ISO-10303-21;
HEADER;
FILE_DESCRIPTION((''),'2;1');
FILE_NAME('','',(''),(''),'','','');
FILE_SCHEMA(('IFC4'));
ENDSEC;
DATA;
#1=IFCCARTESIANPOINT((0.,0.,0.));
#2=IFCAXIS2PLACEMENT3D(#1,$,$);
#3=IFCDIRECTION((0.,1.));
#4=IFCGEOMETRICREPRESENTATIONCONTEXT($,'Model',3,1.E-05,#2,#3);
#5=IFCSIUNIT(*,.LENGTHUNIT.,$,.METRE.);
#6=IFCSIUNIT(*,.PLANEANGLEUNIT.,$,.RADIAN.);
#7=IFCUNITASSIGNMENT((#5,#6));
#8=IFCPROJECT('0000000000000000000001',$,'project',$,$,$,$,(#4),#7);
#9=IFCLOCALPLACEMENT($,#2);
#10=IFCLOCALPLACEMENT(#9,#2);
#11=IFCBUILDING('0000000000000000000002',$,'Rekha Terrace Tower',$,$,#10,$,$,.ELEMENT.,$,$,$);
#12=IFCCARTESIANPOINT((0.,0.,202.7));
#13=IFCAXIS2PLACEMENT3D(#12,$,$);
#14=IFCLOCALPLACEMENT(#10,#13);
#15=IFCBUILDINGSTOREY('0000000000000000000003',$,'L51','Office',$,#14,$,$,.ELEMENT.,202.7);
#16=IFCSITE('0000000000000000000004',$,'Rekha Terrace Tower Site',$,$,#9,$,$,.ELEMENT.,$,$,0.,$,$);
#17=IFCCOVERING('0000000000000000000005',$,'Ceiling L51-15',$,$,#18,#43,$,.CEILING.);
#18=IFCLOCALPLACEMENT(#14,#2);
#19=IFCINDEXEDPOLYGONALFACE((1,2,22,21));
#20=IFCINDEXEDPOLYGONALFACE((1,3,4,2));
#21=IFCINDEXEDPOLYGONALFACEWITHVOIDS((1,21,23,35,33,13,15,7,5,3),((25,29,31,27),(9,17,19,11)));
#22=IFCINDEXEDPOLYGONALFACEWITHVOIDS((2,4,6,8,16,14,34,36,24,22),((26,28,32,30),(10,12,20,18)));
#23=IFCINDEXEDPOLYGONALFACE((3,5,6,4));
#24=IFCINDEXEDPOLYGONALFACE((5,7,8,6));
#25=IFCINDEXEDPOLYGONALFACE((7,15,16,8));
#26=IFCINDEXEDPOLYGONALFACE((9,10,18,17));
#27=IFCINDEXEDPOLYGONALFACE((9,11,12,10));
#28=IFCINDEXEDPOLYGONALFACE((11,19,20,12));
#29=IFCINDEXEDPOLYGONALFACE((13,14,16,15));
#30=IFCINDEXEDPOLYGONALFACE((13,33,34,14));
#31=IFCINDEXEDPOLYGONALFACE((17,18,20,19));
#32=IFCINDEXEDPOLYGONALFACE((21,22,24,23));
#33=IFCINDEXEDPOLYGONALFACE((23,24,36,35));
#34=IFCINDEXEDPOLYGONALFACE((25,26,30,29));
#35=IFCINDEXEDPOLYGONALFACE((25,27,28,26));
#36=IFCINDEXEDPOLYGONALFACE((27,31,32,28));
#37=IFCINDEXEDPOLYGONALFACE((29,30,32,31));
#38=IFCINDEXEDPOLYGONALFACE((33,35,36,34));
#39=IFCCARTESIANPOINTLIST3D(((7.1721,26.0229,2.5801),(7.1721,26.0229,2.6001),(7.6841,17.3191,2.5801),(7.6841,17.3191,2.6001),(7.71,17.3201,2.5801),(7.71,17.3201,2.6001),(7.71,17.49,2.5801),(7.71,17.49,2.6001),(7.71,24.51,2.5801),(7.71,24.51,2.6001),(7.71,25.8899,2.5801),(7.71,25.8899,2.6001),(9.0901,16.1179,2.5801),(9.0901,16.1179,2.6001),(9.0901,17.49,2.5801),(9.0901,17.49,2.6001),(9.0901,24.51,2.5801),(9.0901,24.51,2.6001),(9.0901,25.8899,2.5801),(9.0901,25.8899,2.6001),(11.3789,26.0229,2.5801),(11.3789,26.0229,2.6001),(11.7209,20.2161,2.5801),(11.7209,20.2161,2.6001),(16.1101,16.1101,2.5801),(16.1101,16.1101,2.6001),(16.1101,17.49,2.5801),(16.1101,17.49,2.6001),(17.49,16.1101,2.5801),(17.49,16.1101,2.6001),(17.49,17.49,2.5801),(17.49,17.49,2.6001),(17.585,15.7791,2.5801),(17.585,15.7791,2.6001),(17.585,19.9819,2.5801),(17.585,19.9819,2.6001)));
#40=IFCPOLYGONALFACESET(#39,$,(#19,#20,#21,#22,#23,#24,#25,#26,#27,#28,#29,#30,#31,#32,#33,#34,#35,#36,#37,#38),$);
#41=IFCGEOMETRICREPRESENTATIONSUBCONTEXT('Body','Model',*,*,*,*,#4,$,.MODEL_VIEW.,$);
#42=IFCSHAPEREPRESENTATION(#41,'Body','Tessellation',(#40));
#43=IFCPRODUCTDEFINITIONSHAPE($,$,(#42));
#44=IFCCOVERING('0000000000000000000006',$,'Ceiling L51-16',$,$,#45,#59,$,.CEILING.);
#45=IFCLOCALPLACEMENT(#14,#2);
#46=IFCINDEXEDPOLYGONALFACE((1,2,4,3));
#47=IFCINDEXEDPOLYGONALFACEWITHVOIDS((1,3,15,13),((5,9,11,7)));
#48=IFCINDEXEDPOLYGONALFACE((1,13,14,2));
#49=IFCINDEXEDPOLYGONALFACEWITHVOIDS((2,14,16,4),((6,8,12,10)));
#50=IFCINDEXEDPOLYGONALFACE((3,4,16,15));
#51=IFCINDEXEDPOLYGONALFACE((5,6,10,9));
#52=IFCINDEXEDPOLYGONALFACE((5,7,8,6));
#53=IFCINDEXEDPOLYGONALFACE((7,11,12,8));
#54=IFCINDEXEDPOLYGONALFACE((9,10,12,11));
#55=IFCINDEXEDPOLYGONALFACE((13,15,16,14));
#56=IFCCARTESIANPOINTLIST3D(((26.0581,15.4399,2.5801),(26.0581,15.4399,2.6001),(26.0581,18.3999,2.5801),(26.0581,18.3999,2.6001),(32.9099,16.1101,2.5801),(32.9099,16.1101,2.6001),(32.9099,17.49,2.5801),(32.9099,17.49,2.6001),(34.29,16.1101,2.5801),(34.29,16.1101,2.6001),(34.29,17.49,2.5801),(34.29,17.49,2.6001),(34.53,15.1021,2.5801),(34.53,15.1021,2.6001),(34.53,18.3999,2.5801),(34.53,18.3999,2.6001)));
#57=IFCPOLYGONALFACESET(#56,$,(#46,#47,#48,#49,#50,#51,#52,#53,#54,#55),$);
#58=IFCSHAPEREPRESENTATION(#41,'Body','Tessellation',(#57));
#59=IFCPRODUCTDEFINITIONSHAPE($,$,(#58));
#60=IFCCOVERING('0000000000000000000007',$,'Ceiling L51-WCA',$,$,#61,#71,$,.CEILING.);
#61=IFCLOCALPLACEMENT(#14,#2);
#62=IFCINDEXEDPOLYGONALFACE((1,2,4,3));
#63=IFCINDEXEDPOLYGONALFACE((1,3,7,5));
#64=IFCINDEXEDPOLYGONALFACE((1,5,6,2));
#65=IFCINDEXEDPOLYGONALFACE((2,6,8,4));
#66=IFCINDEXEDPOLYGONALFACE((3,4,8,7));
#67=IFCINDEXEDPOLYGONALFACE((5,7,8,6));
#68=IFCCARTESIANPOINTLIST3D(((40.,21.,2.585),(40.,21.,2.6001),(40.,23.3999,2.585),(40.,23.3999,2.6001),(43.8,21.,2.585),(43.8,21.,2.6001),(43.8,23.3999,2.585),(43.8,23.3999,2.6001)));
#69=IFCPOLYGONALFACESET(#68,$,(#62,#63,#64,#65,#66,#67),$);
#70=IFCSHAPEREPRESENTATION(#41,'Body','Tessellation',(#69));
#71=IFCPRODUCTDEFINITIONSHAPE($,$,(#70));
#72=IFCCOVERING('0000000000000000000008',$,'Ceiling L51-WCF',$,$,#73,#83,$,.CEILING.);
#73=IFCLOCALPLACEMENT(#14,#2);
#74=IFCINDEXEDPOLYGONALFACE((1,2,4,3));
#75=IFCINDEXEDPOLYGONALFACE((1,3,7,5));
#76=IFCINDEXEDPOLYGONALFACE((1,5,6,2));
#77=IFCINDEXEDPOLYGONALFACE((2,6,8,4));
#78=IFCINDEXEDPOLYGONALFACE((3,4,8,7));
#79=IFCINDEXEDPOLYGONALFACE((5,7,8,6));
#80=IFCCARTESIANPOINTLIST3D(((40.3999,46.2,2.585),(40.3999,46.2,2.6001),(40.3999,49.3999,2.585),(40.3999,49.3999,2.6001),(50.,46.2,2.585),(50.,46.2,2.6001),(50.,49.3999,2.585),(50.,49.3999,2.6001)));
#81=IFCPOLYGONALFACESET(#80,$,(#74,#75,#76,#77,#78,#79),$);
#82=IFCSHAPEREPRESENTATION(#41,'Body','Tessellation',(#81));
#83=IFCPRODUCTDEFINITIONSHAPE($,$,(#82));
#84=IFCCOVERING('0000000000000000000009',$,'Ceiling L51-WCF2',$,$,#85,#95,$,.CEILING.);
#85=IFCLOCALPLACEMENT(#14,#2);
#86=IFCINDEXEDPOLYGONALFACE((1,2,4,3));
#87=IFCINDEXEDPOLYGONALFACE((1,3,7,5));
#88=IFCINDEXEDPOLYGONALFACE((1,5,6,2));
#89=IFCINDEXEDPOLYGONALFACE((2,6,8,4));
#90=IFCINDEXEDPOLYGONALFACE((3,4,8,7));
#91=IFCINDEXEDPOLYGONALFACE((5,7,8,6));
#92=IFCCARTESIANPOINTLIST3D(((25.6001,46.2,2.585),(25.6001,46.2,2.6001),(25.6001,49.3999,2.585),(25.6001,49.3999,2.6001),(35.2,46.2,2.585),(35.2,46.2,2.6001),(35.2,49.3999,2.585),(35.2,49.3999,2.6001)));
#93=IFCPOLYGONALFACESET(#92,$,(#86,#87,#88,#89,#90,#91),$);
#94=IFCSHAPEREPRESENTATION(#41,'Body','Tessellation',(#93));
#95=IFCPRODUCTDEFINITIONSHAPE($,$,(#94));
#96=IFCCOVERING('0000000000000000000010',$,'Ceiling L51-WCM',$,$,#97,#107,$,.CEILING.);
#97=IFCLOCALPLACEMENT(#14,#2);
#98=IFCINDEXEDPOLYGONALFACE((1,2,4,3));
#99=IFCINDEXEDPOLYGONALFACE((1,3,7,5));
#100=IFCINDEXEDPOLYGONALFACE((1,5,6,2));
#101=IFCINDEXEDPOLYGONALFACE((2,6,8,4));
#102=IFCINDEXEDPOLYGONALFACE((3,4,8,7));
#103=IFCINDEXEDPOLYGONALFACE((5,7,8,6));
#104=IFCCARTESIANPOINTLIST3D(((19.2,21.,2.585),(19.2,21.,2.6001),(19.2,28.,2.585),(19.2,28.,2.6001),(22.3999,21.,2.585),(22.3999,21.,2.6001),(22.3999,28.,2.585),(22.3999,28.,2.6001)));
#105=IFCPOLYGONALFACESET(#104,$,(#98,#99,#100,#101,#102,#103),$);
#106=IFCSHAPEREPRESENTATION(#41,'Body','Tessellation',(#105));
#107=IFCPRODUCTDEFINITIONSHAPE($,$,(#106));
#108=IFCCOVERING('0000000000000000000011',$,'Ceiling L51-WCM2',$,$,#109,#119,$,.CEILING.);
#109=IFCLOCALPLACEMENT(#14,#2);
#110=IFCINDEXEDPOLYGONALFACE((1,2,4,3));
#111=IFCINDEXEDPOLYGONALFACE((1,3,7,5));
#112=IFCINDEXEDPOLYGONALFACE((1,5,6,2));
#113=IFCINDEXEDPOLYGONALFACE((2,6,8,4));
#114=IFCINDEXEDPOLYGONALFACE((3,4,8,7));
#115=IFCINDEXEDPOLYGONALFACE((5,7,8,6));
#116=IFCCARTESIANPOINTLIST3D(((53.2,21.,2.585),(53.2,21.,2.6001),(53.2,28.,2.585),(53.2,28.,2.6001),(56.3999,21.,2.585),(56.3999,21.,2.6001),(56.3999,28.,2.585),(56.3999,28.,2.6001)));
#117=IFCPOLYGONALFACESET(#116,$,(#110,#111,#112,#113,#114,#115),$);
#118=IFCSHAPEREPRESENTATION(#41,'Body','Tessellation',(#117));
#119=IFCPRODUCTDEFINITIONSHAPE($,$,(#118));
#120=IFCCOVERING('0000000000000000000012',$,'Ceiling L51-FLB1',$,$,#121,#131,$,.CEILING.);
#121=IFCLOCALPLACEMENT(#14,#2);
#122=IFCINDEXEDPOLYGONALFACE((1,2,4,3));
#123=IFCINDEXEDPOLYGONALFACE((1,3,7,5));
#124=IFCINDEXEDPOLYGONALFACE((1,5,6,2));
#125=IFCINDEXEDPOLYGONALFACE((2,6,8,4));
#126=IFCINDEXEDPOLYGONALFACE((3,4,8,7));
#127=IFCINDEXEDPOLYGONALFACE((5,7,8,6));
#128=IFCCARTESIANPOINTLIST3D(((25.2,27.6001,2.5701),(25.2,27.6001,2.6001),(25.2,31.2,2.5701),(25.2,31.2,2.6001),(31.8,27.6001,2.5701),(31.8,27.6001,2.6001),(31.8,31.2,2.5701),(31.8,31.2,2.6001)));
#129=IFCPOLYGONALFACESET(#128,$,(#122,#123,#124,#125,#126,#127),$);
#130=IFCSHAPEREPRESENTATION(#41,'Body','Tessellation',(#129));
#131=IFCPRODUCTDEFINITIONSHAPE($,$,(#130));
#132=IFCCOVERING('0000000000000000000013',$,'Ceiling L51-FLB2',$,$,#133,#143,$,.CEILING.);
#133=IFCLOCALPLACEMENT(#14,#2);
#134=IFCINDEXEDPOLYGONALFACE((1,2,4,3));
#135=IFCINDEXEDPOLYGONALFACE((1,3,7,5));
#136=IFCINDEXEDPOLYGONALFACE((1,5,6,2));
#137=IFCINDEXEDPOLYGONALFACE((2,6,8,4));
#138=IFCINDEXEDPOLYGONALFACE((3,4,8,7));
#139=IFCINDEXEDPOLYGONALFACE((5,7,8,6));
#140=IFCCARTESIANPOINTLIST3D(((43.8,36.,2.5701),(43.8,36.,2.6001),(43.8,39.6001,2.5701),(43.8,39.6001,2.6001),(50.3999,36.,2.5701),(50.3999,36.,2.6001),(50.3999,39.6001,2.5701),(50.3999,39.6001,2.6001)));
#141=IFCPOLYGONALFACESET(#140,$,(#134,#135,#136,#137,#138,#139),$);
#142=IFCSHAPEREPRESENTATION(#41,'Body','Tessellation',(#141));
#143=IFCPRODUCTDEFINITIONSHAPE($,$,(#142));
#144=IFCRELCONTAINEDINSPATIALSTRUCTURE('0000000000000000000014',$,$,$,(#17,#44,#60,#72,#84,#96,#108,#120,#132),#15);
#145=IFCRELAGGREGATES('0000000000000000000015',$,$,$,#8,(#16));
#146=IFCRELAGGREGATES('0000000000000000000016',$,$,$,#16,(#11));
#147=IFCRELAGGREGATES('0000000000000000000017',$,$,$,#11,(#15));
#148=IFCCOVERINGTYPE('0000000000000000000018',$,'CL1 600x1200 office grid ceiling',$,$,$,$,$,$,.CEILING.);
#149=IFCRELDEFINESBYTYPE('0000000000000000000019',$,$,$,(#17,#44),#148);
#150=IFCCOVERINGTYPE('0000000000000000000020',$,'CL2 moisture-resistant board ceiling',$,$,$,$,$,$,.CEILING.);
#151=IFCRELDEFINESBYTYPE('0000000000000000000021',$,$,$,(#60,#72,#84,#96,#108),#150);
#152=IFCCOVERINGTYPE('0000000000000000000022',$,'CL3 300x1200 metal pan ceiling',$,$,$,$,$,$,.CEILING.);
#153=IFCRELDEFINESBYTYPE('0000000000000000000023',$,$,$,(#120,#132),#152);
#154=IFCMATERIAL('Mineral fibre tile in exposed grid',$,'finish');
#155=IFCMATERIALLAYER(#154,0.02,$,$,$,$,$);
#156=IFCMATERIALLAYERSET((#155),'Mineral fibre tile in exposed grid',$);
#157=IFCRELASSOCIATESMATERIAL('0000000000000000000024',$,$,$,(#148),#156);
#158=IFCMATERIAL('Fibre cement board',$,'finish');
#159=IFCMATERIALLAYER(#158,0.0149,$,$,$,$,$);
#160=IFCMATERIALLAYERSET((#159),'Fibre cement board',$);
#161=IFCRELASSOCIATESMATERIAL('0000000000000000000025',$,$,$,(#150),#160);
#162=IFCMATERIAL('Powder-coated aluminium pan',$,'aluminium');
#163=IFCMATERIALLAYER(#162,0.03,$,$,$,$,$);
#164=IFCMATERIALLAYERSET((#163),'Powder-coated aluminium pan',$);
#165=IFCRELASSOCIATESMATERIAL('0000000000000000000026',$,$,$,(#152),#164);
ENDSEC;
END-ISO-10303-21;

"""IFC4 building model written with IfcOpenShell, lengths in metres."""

from ifc_helpers import new_model, si_unit, direction, frame, origin, place, context, subcontext, project, spatial, polyline, outline, extrude, material, layer, layer_set, type_object, element, save


model = new_model("IFC4")

# Units and contexts
model_context = context("Model", 3, precision=1e-05, world=origin(), true_north=direction((0.0, 1.0)))
body_context = subcontext(model_context, "Body", "Model", "MODEL_VIEW")
ifc_project = project(units=[si_unit("LENGTHUNIT", "METRE"), si_unit("PLANEANGLEUNIT", "RADIAN")], contexts=[model_context])

# Site, building, storey
site_placement = place(None, origin())
site = spatial("IfcSite", under=ifc_project, at=site_placement, Name="Rekha Terrace Tower Site", CompositionType="ELEMENT", RefElevation=0.0)
building_placement = place(site_placement, origin())
building = spatial("IfcBuilding", under=site, at=building_placement, Name="Rekha Terrace Tower", CompositionType="ELEMENT")
storey_placement = place(building_placement, frame((0.0, 0.0, 202.7)))
storey = spatial("IfcBuildingStorey", under=building, at=storey_placement, Name="L51", Description="Office", CompositionType="ELEMENT", Elevation=202.7)

# Coverings
ifc_material_1 = material(Name="Mineral fibre tile in exposed grid", Category="finish")
ifc_layer_1 = layer(ifc_material_1, 0.02)
ifc_layer_set_1 = layer_set([ifc_layer_1], Name="Mineral fibre tile in exposed grid")
covering_type_1 = type_object("IfcCoveringType", Name="CL1 600x1200 office grid ceiling", PredefinedType="CEILING", material=ifc_layer_set_1)
covering_1_placement = place(storey_placement, frame((0.0, 0.0, 2.5801)))
element("IfcCovering", 1, at=covering_1_placement, inside=storey, type_object=covering_type_1, Name="Ceiling L51-15", PredefinedType="CEILING", context=body_context, shape_type="SweptSolid", body=[
    extrude(outline(polyline([(9.0901, 16.1179), (17.585, 15.7791), (17.585, 19.9819), (11.7209, 20.2161), (11.3789, 26.0229), (7.1721, 26.0229), (7.6841, 17.3191), (7.71, 17.3201), (7.71, 17.49), (9.0901, 17.49), (9.0901, 16.1179)]), holes=[polyline([(17.49, 17.49), (17.49, 16.1101), (16.1101, 16.1101), (16.1101, 17.49), (17.49, 17.49)]), polyline([(9.0901, 24.51), (7.71, 24.51), (7.71, 25.8899), (9.0901, 25.8899), (9.0901, 24.51)])]), origin(), (0.0, 0.0, 1.0), 0.02),
])
covering_2_placement = place(storey_placement, frame((0.0, 0.0, 2.5801)))
element("IfcCovering", 2, at=covering_2_placement, inside=storey, type_object=covering_type_1, Name="Ceiling L51-16", PredefinedType="CEILING", context=body_context, shape_type="SweptSolid", body=[
    extrude(outline(polyline([(26.0581, 18.3999), (26.0581, 15.4399), (34.53, 15.1021), (34.53, 18.3999), (26.0581, 18.3999)]), holes=[polyline([(34.29, 16.1101), (32.9099, 16.1101), (32.9099, 17.49), (34.29, 17.49), (34.29, 16.1101)])]), origin(), (0.0, 0.0, 1.0), 0.02),
])
ifc_material_2 = material(Name="Fibre cement board", Category="finish")
ifc_layer_2 = layer(ifc_material_2, 0.0149)
ifc_layer_set_2 = layer_set([ifc_layer_2], Name="Fibre cement board")
covering_type_2 = type_object("IfcCoveringType", Name="CL2 moisture-resistant board ceiling", PredefinedType="CEILING", material=ifc_layer_set_2)
covering_3_placement = place(storey_placement, frame((0.0, 0.0, 2.585)))
element("IfcCovering", 3, at=covering_3_placement, inside=storey, type_object=covering_type_2, Name="Ceiling L51-WCA", PredefinedType="CEILING", context=body_context, shape_type="SweptSolid", body=[
    extrude(outline(polyline([(43.8, 23.3999), (40.0, 23.3999), (40.0, 21.0), (43.8, 21.0), (43.8, 23.3999)])), origin(), (0.0, 0.0, 1.0), 0.0151),
])
covering_4_placement = place(storey_placement, frame((0.0, 0.0, 2.585)))
element("IfcCovering", 4, at=covering_4_placement, inside=storey, type_object=covering_type_2, Name="Ceiling L51-WCF", PredefinedType="CEILING", context=body_context, shape_type="SweptSolid", body=[
    extrude(outline(polyline([(50.0, 49.3999), (40.3999, 49.3999), (40.3999, 46.2), (50.0, 46.2), (50.0, 49.3999)])), origin(), (0.0, 0.0, 1.0), 0.0151),
])
covering_5_placement = place(storey_placement, frame((0.0, 0.0, 2.585)))
element("IfcCovering", 5, at=covering_5_placement, inside=storey, type_object=covering_type_2, Name="Ceiling L51-WCF2", PredefinedType="CEILING", context=body_context, shape_type="SweptSolid", body=[
    extrude(outline(polyline([(35.2, 49.3999), (25.6001, 49.3999), (25.6001, 46.2), (35.2, 46.2), (35.2, 49.3999)])), origin(), (0.0, 0.0, 1.0), 0.0151),
])
covering_6_placement = place(storey_placement, frame((0.0, 0.0, 2.585)))
element("IfcCovering", 6, at=covering_6_placement, inside=storey, type_object=covering_type_2, Name="Ceiling L51-WCM", PredefinedType="CEILING", context=body_context, shape_type="SweptSolid", body=[
    extrude(outline(polyline([(22.3999, 28.0), (19.2, 28.0), (19.2, 21.0), (22.3999, 21.0), (22.3999, 28.0)])), origin(), (0.0, 0.0, 1.0), 0.0151),
])
covering_7_placement = place(storey_placement, frame((0.0, 0.0, 2.585)))
element("IfcCovering", 7, at=covering_7_placement, inside=storey, type_object=covering_type_2, Name="Ceiling L51-WCM2", PredefinedType="CEILING", context=body_context, shape_type="SweptSolid", body=[
    extrude(outline(polyline([(56.3999, 28.0), (53.2, 28.0), (53.2, 21.0), (56.3999, 21.0), (56.3999, 28.0)])), origin(), (0.0, 0.0, 1.0), 0.0151),
])
ifc_material_3 = material(Name="Powder-coated aluminium pan", Category="aluminium")
ifc_layer_3 = layer(ifc_material_3, 0.03)
ifc_layer_set_3 = layer_set([ifc_layer_3], Name="Powder-coated aluminium pan")
covering_type_3 = type_object("IfcCoveringType", Name="CL3 300x1200 metal pan ceiling", PredefinedType="CEILING", material=ifc_layer_set_3)
covering_8_placement = place(storey_placement, frame((0.0, 0.0, 2.5701)))
element("IfcCovering", 8, at=covering_8_placement, inside=storey, type_object=covering_type_3, Name="Ceiling L51-FLB1", PredefinedType="CEILING", context=body_context, shape_type="SweptSolid", body=[
    extrude(outline(polyline([(31.8, 31.2), (25.2, 31.2), (25.2, 27.6001), (31.8, 27.6001), (31.8, 31.2)])), origin(), (0.0, 0.0, 1.0), 0.03),
])
covering_9_placement = place(storey_placement, frame((0.0, 0.0, 2.5701)))
element("IfcCovering", 9, at=covering_9_placement, inside=storey, type_object=covering_type_3, Name="Ceiling L51-FLB2", PredefinedType="CEILING", context=body_context, shape_type="SweptSolid", body=[
    extrude(outline(polyline([(50.3999, 39.6001), (43.8, 39.6001), (43.8, 36.0), (50.3999, 36.0), (50.3999, 39.6001)])), origin(), (0.0, 0.0, 1.0), 0.03),
])

save(model, "model.ifc")
